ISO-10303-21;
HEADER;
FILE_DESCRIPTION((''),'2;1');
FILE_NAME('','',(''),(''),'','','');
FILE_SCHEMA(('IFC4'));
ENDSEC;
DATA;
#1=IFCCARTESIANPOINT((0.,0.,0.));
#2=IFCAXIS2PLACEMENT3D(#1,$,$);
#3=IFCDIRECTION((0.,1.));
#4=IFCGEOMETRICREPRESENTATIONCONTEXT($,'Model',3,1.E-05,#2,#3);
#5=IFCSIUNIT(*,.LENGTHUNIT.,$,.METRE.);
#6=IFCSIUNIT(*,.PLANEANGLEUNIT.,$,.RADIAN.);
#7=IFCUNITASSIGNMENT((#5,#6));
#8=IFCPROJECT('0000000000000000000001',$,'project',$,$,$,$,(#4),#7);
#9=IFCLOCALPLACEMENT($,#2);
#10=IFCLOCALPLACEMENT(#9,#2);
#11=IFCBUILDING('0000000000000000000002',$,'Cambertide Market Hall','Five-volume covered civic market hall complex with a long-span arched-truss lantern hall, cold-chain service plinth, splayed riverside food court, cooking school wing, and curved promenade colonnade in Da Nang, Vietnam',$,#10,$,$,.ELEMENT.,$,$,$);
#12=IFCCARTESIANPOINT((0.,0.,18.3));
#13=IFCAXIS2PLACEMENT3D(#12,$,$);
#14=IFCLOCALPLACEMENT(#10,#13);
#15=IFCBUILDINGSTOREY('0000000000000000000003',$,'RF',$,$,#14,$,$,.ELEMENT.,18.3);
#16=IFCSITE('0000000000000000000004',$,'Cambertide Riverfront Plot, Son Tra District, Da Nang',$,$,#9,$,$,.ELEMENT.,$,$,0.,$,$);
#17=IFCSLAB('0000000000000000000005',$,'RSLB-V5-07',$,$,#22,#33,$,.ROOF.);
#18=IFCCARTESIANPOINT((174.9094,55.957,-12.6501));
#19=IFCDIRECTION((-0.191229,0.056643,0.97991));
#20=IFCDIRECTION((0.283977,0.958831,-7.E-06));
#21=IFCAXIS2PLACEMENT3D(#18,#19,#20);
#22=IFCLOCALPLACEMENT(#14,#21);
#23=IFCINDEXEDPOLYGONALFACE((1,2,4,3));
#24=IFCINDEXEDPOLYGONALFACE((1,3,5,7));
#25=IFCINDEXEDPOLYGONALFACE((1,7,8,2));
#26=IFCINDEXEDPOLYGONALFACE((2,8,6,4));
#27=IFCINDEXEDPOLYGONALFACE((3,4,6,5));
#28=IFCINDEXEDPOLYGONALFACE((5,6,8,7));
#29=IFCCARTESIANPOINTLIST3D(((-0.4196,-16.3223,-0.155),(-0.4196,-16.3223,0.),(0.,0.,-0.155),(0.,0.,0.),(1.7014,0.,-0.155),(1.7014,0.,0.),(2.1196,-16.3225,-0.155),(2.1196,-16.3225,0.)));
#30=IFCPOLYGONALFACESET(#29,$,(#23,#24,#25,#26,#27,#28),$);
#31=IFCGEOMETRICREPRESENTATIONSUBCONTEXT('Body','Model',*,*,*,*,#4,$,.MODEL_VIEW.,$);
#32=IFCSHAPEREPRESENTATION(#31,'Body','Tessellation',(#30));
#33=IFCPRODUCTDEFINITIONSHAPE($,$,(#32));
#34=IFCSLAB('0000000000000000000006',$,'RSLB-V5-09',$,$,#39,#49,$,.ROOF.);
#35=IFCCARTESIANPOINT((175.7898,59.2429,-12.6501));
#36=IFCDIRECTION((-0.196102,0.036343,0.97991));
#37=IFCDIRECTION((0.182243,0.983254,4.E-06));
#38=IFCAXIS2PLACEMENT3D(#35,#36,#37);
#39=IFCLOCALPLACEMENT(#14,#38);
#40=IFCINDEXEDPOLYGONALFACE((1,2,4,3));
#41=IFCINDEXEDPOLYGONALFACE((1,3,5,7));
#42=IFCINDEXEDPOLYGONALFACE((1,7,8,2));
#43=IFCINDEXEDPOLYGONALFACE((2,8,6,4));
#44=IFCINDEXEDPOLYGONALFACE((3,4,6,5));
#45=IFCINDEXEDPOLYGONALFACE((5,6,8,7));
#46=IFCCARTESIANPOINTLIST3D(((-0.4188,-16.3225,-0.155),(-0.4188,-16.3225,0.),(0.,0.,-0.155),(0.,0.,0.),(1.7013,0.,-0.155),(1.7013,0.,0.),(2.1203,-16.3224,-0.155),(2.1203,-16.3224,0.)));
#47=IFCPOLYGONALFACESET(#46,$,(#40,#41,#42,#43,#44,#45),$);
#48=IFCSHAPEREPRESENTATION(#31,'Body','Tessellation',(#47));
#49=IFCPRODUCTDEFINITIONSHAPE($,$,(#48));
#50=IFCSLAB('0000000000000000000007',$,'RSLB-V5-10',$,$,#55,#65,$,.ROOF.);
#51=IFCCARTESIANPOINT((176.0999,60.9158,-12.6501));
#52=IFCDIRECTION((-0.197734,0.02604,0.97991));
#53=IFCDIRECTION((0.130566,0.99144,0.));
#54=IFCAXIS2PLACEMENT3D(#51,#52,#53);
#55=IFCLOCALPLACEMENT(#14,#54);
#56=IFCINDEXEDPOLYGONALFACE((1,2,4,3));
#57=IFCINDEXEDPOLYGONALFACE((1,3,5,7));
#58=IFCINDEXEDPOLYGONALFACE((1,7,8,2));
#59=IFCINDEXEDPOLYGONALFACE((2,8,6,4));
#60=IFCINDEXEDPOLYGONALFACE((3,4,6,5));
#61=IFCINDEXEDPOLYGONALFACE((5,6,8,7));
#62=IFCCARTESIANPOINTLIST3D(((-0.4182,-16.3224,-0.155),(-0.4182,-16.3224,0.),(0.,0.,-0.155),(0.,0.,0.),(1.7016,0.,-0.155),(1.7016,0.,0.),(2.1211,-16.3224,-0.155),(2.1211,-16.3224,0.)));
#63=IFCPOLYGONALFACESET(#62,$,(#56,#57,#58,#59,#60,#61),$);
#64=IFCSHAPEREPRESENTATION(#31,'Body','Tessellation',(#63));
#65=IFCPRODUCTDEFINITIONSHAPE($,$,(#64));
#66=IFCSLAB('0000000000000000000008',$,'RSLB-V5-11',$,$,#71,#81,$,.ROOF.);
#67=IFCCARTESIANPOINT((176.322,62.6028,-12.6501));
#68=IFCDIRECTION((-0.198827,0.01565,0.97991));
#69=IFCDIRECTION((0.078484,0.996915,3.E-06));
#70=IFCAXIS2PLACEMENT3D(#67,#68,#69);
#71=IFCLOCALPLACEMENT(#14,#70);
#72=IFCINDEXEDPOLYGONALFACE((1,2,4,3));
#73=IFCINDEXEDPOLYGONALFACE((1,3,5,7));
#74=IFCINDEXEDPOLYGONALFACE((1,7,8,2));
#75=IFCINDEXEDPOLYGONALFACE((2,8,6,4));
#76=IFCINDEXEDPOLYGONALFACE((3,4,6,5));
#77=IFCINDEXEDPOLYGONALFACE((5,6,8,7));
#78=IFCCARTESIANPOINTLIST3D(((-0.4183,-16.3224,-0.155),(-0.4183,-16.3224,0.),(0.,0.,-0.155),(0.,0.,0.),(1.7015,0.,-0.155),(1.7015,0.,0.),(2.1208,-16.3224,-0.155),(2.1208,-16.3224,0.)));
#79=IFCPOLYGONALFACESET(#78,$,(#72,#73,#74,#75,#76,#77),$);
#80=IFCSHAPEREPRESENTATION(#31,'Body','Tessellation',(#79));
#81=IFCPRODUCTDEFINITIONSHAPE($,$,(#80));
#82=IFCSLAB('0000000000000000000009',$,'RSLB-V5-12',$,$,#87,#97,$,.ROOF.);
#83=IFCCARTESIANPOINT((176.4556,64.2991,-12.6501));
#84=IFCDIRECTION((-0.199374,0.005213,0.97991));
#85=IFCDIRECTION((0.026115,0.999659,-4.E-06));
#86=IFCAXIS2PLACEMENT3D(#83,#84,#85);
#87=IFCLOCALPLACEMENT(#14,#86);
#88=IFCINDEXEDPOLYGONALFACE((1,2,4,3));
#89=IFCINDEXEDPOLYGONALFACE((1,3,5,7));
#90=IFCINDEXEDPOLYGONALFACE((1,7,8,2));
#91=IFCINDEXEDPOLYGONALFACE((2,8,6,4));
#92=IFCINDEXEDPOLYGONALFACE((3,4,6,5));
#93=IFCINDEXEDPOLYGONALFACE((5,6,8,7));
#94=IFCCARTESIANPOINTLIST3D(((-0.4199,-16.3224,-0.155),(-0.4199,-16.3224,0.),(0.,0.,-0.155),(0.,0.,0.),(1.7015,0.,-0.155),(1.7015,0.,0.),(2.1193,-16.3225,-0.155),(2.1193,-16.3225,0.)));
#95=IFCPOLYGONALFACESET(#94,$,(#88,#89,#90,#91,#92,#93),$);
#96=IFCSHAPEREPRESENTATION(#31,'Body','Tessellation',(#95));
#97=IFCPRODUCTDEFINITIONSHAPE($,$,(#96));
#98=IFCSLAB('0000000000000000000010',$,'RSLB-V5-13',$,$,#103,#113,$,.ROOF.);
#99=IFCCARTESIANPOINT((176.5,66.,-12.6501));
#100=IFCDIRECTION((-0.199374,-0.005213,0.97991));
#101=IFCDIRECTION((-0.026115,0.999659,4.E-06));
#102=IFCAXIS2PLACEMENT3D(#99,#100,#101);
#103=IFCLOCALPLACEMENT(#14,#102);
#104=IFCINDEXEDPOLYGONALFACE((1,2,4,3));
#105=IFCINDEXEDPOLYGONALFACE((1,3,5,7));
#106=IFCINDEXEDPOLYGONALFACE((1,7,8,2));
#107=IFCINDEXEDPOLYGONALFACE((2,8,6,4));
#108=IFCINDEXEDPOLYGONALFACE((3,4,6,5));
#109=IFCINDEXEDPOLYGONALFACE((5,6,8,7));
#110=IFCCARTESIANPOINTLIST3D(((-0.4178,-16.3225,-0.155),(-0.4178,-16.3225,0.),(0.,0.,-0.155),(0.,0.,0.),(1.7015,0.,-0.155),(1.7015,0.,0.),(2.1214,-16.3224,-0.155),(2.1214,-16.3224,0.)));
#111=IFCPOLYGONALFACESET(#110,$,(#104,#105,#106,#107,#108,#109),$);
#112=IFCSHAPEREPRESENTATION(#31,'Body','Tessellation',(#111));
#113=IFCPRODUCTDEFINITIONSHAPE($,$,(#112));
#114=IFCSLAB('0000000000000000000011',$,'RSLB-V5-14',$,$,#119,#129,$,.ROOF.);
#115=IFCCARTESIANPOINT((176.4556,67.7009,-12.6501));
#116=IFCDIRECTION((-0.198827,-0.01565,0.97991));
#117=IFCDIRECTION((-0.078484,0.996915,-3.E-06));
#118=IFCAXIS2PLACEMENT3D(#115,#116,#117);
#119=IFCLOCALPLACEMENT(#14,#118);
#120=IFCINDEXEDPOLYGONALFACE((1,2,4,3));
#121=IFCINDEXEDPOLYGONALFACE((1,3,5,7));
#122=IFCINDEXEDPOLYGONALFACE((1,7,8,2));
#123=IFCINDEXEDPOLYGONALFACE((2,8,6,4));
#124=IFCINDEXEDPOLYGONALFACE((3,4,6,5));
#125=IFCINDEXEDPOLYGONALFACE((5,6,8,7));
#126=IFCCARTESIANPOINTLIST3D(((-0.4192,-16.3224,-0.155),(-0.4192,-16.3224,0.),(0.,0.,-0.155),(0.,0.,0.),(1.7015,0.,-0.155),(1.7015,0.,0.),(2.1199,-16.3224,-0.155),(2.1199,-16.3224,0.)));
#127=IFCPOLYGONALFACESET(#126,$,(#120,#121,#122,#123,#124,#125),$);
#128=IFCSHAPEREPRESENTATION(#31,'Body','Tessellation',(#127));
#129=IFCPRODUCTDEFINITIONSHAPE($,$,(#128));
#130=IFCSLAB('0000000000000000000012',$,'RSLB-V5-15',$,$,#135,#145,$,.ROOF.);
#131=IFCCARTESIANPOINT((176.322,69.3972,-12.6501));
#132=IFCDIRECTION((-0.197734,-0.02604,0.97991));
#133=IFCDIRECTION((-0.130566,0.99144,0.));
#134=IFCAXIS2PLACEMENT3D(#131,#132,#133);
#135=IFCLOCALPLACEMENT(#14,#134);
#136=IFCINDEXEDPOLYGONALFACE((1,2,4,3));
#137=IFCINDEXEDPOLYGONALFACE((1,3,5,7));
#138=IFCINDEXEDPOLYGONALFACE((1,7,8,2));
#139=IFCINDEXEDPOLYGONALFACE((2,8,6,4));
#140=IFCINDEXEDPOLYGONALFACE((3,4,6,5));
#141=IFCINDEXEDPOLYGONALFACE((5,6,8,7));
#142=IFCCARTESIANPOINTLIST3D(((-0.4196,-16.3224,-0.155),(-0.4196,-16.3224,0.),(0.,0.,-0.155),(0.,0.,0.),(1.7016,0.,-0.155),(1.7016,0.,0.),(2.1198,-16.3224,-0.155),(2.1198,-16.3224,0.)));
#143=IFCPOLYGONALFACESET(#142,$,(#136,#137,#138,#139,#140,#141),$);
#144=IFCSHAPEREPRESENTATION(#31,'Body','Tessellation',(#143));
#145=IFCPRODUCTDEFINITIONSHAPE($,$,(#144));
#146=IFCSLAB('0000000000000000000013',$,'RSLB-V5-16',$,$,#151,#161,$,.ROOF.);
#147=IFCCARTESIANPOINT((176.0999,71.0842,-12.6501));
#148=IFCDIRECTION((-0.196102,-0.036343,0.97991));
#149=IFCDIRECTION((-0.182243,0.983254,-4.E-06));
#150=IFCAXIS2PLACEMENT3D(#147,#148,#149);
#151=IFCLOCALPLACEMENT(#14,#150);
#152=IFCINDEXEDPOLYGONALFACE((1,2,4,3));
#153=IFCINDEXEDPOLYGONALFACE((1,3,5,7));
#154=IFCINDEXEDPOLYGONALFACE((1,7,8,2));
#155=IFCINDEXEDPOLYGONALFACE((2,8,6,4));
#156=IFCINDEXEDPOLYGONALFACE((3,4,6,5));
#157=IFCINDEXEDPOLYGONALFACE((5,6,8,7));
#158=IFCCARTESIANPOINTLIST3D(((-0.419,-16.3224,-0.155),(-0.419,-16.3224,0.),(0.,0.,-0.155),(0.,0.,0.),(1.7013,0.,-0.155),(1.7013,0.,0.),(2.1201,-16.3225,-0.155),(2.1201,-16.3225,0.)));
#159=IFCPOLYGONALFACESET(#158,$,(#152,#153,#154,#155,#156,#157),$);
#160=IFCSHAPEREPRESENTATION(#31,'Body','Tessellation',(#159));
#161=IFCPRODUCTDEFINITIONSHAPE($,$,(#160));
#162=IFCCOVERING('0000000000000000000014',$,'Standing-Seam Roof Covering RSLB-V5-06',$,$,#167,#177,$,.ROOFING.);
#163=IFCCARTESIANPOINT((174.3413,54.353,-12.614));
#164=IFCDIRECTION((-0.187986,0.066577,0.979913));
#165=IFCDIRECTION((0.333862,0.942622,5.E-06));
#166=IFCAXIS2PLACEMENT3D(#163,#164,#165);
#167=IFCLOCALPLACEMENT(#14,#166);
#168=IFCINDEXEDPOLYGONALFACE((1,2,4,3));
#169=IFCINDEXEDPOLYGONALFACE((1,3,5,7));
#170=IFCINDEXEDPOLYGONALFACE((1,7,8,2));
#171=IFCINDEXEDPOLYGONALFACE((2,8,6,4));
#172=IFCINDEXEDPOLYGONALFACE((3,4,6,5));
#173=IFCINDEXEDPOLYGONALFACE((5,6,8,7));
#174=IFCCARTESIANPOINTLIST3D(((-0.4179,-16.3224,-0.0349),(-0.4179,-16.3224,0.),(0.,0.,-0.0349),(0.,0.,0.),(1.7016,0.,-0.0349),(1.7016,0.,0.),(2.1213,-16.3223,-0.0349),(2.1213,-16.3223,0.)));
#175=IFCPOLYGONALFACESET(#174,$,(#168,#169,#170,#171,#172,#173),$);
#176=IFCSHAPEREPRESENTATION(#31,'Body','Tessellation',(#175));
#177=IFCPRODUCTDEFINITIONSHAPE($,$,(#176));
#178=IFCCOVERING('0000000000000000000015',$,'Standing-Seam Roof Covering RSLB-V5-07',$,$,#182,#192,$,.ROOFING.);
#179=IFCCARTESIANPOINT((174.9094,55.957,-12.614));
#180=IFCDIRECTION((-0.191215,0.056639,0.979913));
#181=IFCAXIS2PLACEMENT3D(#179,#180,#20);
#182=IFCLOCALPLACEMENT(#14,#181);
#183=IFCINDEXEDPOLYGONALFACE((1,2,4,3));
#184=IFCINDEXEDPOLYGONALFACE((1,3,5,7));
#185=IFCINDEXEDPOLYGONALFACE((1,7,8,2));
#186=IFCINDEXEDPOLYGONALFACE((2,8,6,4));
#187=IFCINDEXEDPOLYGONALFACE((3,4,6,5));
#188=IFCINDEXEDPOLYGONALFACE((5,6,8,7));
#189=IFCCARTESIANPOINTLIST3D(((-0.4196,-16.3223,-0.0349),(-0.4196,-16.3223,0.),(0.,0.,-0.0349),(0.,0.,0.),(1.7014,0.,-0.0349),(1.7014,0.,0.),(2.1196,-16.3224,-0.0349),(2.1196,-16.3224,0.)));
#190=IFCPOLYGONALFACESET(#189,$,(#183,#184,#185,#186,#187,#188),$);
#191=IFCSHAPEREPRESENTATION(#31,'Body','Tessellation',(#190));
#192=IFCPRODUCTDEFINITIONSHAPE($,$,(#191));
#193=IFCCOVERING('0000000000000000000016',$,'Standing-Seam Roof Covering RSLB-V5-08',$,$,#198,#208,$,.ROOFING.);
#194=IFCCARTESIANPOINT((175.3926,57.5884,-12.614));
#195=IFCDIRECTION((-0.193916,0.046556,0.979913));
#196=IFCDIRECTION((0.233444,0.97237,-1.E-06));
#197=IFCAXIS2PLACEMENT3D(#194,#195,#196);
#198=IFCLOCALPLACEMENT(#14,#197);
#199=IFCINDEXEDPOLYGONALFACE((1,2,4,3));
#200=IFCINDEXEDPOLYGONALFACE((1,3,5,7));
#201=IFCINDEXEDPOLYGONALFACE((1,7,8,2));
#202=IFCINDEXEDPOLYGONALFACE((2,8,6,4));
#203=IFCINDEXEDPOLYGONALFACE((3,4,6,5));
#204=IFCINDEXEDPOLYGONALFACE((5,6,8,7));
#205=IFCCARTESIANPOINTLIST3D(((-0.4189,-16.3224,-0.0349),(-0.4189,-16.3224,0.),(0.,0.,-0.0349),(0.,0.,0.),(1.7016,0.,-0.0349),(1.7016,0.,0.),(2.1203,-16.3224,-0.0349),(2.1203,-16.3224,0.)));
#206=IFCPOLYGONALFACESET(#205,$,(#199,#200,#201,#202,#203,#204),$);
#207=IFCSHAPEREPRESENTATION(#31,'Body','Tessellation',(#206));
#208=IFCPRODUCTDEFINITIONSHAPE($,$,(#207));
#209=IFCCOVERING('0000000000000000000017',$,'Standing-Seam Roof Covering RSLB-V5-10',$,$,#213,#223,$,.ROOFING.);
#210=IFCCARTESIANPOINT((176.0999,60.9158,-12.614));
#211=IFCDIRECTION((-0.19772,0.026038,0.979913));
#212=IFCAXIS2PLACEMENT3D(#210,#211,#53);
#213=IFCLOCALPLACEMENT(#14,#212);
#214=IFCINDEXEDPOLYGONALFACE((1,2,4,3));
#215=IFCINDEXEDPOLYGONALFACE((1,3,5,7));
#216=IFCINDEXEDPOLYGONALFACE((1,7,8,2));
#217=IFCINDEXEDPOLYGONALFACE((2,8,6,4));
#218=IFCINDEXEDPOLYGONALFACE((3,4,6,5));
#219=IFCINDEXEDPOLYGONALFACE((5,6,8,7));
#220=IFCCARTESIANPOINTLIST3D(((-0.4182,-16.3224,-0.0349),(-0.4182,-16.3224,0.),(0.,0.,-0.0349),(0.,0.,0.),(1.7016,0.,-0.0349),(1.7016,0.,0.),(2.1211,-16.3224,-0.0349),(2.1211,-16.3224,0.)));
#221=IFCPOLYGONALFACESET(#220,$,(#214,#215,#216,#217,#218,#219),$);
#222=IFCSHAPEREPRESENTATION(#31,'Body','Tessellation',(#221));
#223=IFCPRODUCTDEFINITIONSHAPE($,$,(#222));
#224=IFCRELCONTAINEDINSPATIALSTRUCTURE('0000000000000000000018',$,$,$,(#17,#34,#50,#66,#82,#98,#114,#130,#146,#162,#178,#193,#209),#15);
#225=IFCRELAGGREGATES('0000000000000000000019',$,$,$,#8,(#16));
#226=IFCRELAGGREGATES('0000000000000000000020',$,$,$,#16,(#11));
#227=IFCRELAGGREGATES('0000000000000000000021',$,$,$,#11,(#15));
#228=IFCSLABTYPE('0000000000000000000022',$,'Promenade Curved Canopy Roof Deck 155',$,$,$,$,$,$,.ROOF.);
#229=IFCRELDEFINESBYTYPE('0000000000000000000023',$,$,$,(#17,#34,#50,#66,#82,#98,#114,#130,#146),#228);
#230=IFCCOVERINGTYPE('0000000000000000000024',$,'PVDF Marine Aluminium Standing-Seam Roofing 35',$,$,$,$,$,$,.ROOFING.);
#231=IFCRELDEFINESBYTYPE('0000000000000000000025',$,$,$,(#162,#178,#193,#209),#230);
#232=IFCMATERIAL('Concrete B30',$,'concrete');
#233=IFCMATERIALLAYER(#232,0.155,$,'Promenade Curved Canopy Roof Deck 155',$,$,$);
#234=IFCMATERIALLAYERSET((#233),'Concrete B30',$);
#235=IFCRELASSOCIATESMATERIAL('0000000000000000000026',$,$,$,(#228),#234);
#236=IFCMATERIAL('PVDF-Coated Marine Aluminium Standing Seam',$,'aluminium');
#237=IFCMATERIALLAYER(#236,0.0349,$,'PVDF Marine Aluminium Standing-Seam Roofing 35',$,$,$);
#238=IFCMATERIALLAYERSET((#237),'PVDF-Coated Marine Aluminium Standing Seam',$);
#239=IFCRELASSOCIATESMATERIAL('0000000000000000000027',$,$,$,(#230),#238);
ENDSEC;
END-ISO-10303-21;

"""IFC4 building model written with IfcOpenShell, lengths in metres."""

from ifc_helpers import new_model, si_unit, direction, frame, origin, place, context, subcontext, project, spatial, polyline, outline, extrude, material, layer, layer_set, type_object, element, save


model = new_model("IFC4")

# Units and contexts
model_context = context("Model", 3, precision=1e-05, world=origin(), true_north=direction((0.0, 1.0)))
body_context = subcontext(model_context, "Body", "Model", "MODEL_VIEW")
ifc_project = project(units=[si_unit("LENGTHUNIT", "METRE"), si_unit("PLANEANGLEUNIT", "RADIAN")], contexts=[model_context])

# Site, building, storey
site_placement = place(None, origin())
site = spatial("IfcSite", under=ifc_project, at=site_placement, Name="Cambertide Riverfront Plot, Son Tra District, Da Nang", CompositionType="ELEMENT", RefElevation=0.0)
building_placement = place(site_placement, origin())
building = spatial("IfcBuilding", under=site, at=building_placement, Name="Cambertide Market Hall", Description="Five-volume covered civic market hall complex with a long-span arched-truss lantern hall, cold-chain service plinth, splayed riverside food court, cooking school wing, and curved promenade colonnade in Da Nang, Vietnam", CompositionType="ELEMENT")
storey_placement = place(building_placement, frame((0.0, 0.0, 18.3)))
storey = spatial("IfcBuildingStorey", under=building, at=storey_placement, Name="RF", CompositionType="ELEMENT", Elevation=18.3)

# Slabs
ifc_material_1 = material(Name="Concrete B30", Category="concrete")
ifc_layer_1 = layer(ifc_material_1, 0.155, Name="Promenade Curved Canopy Roof Deck 155")
ifc_layer_set_1 = layer_set([ifc_layer_1], Name="Concrete B30")
slab_type = type_object("IfcSlabType", Name="Promenade Curved Canopy Roof Deck 155", PredefinedType="ROOF", material=ifc_layer_set_1)
slab_1_placement = place(storey_placement, frame((174.9094, 55.957, -12.6501), z_axis=(-0.191229, 0.056643, 0.97991), x_axis=(0.283977, 0.958831, -0.000007)))
element("IfcSlab", 1, at=slab_1_placement, inside=storey, type_object=slab_type, Name="RSLB-V5-07", PredefinedType="ROOF", context=body_context, shape_type="SweptSolid", body=[
    extrude(outline(polyline([(0.0, 0.0), (1.7014, 0.0), (2.1196, -16.3225), (-0.4196, -16.3223), (0.0, 0.0)])), origin(), (0.0, 0.0, -1.0), 0.155),
])
slab_2_placement = place(storey_placement, frame((175.7898, 59.2429, -12.6501), z_axis=(-0.196102, 0.036343, 0.97991), x_axis=(0.182243, 0.983254, 0.000004)))
element("IfcSlab", 2, at=slab_2_placement, inside=storey, type_object=slab_type, Name="RSLB-V5-09", PredefinedType="ROOF", context=body_context, shape_type="SweptSolid", body=[
    extrude(outline(polyline([(0.0, 0.0), (1.7013, 0.0), (2.1203, -16.3224), (-0.4188, -16.3225), (0.0, 0.0)])), origin(), (0.0, 0.0, -1.0), 0.155),
])
slab_3_placement = place(storey_placement, frame((176.0999, 60.9158, -12.6501), z_axis=(-0.197734, 0.02604, 0.97991), x_axis=(0.130566, 0.99144, 0.0)))
element("IfcSlab", 3, at=slab_3_placement, inside=storey, type_object=slab_type, Name="RSLB-V5-10", PredefinedType="ROOF", context=body_context, shape_type="SweptSolid", body=[
    extrude(outline(polyline([(0.0, 0.0), (1.7016, 0.0), (2.1211, -16.3224), (-0.4182, -16.3224), (0.0, 0.0)])), origin(), (0.0, 0.0, -1.0), 0.155),
])
slab_4_placement = place(storey_placement, frame((176.322, 62.6028, -12.6501), z_axis=(-0.198827, 0.01565, 0.97991), x_axis=(0.078484, 0.996915, 0.000003)))
element("IfcSlab", 4, at=slab_4_placement, inside=storey, type_object=slab_type, Name="RSLB-V5-11", PredefinedType="ROOF", context=body_context, shape_type="SweptSolid", body=[
    extrude(outline(polyline([(0.0, 0.0), (1.7015, 0.0), (2.1208, -16.3224), (-0.4183, -16.3224), (0.0, 0.0)])), origin(), (0.0, 0.0, -1.0), 0.155),
])
slab_5_placement = place(storey_placement, frame((176.4556, 64.2991, -12.6501), z_axis=(-0.199374, 0.005213, 0.97991), x_axis=(0.026115, 0.999659, -0.000004)))
element("IfcSlab", 5, at=slab_5_placement, inside=storey, type_object=slab_type, Name="RSLB-V5-12", PredefinedType="ROOF", context=body_context, shape_type="SweptSolid", body=[
    extrude(outline(polyline([(0.0, 0.0), (1.7015, 0.0), (2.1193, -16.3225), (-0.4199, -16.3224), (0.0, 0.0)])), origin(), (0.0, 0.0, -1.0), 0.155),
])
slab_6_placement = place(storey_placement, frame((176.5, 66.0, -12.6501), z_axis=(-0.199374, -0.005213, 0.97991), x_axis=(-0.026115, 0.999659, 0.000004)))
element("IfcSlab", 6, at=slab_6_placement, inside=storey, type_object=slab_type, Name="RSLB-V5-13", PredefinedType="ROOF", context=body_context, shape_type="SweptSolid", body=[
    extrude(outline(polyline([(0.0, 0.0), (1.7015, 0.0), (2.1214, -16.3224), (-0.4178, -16.3225), (0.0, 0.0)])), origin(), (0.0, 0.0, -1.0), 0.155),
])
slab_7_placement = place(storey_placement, frame((176.4556, 67.7009, -12.6501), z_axis=(-0.198827, -0.01565, 0.97991), x_axis=(-0.078484, 0.996915, -0.000003)))
element("IfcSlab", 7, at=slab_7_placement, inside=storey, type_object=slab_type, Name="RSLB-V5-14", PredefinedType="ROOF", context=body_context, shape_type="SweptSolid", body=[
    extrude(outline(polyline([(0.0, 0.0), (1.7015, 0.0), (2.1199, -16.3224), (-0.4192, -16.3224), (0.0, 0.0)])), origin(), (0.0, 0.0, -1.0), 0.155),
])
slab_8_placement = place(storey_placement, frame((176.322, 69.3972, -12.6501), z_axis=(-0.197734, -0.02604, 0.97991), x_axis=(-0.130566, 0.99144, 0.0)))
element("IfcSlab", 8, at=slab_8_placement, inside=storey, type_object=slab_type, Name="RSLB-V5-15", PredefinedType="ROOF", context=body_context, shape_type="SweptSolid", body=[
    extrude(outline(polyline([(0.0, 0.0), (1.7016, 0.0), (2.1198, -16.3224), (-0.4196, -16.3224), (0.0, 0.0)])), origin(), (0.0, 0.0, -1.0), 0.155),
])
slab_9_placement = place(storey_placement, frame((176.0999, 71.0842, -12.6501), z_axis=(-0.196102, -0.036343, 0.97991), x_axis=(-0.182243, 0.983254, -0.000004)))
element("IfcSlab", 9, at=slab_9_placement, inside=storey, type_object=slab_type, Name="RSLB-V5-16", PredefinedType="ROOF", context=body_context, shape_type="SweptSolid", body=[
    extrude(outline(polyline([(0.0, 0.0), (1.7013, 0.0), (2.1201, -16.3225), (-0.419, -16.3224), (0.0, 0.0)])), origin(), (0.0, 0.0, -1.0), 0.155),
])

# Coverings
ifc_material_2 = material(Name="PVDF-Coated Marine Aluminium Standing Seam", Category="aluminium")
ifc_layer_2 = layer(ifc_material_2, 0.0349, Name="PVDF Marine Aluminium Standing-Seam Roofing 35")
ifc_layer_set_2 = layer_set([ifc_layer_2], Name="PVDF-Coated Marine Aluminium Standing Seam")
covering_type = type_object("IfcCoveringType", Name="PVDF Marine Aluminium Standing-Seam Roofing 35", PredefinedType="ROOFING", material=ifc_layer_set_2)
covering_1_placement = place(storey_placement, frame((174.3413, 54.353, -12.614), z_axis=(-0.187986, 0.066577, 0.979913), x_axis=(0.333862, 0.942622, 0.000005)))
element("IfcCovering", 10, at=covering_1_placement, inside=storey, type_object=covering_type, Name="Standing-Seam Roof Covering RSLB-V5-06", PredefinedType="ROOFING", context=body_context, shape_type="SweptSolid", body=[
    extrude(outline(polyline([(0.0, 0.0), (1.7016, 0.0), (2.1213, -16.3223), (-0.4179, -16.3224), (0.0, 0.0)])), origin(), (0.0, 0.0, -1.0), 0.0349),
])
covering_2_placement = place(storey_placement, frame((174.9094, 55.957, -12.614), z_axis=(-0.191215, 0.056639, 0.979913), x_axis=(0.283977, 0.958831, -0.000007)))
element("IfcCovering", 11, at=covering_2_placement, inside=storey, type_object=covering_type, Name="Standing-Seam Roof Covering RSLB-V5-07", PredefinedType="ROOFING", context=body_context, shape_type="SweptSolid", body=[
    extrude(outline(polyline([(0.0, 0.0), (1.7014, 0.0), (2.1196, -16.3224), (-0.4196, -16.3223), (0.0, 0.0)])), origin(), (0.0, 0.0, -1.0), 0.0349),
])
covering_3_placement = place(storey_placement, frame((175.3926, 57.5884, -12.614), z_axis=(-0.193916, 0.046556, 0.979913), x_axis=(0.233444, 0.97237, -0.000001)))
element("IfcCovering", 12, at=covering_3_placement, inside=storey, type_object=covering_type, Name="Standing-Seam Roof Covering RSLB-V5-08", PredefinedType="ROOFING", context=body_context, shape_type="SweptSolid", body=[
    extrude(outline(polyline([(0.0, 0.0), (1.7016, 0.0), (2.1203, -16.3224), (-0.4189, -16.3224), (0.0, 0.0)])), origin(), (0.0, 0.0, -1.0), 0.0349),
])
covering_4_placement = place(storey_placement, frame((176.0999, 60.9158, -12.614), z_axis=(-0.19772, 0.026038, 0.979913), x_axis=(0.130566, 0.99144, 0.0)))
element("IfcCovering", 13, at=covering_4_placement, inside=storey, type_object=covering_type, Name="Standing-Seam Roof Covering RSLB-V5-10", PredefinedType="ROOFING", context=body_context, shape_type="SweptSolid", body=[
    extrude(outline(polyline([(0.0, 0.0), (1.7016, 0.0), (2.1211, -16.3224), (-0.4182, -16.3224), (0.0, 0.0)])), origin(), (0.0, 0.0, -1.0), 0.0349),
])

save(model, "model.ifc")
